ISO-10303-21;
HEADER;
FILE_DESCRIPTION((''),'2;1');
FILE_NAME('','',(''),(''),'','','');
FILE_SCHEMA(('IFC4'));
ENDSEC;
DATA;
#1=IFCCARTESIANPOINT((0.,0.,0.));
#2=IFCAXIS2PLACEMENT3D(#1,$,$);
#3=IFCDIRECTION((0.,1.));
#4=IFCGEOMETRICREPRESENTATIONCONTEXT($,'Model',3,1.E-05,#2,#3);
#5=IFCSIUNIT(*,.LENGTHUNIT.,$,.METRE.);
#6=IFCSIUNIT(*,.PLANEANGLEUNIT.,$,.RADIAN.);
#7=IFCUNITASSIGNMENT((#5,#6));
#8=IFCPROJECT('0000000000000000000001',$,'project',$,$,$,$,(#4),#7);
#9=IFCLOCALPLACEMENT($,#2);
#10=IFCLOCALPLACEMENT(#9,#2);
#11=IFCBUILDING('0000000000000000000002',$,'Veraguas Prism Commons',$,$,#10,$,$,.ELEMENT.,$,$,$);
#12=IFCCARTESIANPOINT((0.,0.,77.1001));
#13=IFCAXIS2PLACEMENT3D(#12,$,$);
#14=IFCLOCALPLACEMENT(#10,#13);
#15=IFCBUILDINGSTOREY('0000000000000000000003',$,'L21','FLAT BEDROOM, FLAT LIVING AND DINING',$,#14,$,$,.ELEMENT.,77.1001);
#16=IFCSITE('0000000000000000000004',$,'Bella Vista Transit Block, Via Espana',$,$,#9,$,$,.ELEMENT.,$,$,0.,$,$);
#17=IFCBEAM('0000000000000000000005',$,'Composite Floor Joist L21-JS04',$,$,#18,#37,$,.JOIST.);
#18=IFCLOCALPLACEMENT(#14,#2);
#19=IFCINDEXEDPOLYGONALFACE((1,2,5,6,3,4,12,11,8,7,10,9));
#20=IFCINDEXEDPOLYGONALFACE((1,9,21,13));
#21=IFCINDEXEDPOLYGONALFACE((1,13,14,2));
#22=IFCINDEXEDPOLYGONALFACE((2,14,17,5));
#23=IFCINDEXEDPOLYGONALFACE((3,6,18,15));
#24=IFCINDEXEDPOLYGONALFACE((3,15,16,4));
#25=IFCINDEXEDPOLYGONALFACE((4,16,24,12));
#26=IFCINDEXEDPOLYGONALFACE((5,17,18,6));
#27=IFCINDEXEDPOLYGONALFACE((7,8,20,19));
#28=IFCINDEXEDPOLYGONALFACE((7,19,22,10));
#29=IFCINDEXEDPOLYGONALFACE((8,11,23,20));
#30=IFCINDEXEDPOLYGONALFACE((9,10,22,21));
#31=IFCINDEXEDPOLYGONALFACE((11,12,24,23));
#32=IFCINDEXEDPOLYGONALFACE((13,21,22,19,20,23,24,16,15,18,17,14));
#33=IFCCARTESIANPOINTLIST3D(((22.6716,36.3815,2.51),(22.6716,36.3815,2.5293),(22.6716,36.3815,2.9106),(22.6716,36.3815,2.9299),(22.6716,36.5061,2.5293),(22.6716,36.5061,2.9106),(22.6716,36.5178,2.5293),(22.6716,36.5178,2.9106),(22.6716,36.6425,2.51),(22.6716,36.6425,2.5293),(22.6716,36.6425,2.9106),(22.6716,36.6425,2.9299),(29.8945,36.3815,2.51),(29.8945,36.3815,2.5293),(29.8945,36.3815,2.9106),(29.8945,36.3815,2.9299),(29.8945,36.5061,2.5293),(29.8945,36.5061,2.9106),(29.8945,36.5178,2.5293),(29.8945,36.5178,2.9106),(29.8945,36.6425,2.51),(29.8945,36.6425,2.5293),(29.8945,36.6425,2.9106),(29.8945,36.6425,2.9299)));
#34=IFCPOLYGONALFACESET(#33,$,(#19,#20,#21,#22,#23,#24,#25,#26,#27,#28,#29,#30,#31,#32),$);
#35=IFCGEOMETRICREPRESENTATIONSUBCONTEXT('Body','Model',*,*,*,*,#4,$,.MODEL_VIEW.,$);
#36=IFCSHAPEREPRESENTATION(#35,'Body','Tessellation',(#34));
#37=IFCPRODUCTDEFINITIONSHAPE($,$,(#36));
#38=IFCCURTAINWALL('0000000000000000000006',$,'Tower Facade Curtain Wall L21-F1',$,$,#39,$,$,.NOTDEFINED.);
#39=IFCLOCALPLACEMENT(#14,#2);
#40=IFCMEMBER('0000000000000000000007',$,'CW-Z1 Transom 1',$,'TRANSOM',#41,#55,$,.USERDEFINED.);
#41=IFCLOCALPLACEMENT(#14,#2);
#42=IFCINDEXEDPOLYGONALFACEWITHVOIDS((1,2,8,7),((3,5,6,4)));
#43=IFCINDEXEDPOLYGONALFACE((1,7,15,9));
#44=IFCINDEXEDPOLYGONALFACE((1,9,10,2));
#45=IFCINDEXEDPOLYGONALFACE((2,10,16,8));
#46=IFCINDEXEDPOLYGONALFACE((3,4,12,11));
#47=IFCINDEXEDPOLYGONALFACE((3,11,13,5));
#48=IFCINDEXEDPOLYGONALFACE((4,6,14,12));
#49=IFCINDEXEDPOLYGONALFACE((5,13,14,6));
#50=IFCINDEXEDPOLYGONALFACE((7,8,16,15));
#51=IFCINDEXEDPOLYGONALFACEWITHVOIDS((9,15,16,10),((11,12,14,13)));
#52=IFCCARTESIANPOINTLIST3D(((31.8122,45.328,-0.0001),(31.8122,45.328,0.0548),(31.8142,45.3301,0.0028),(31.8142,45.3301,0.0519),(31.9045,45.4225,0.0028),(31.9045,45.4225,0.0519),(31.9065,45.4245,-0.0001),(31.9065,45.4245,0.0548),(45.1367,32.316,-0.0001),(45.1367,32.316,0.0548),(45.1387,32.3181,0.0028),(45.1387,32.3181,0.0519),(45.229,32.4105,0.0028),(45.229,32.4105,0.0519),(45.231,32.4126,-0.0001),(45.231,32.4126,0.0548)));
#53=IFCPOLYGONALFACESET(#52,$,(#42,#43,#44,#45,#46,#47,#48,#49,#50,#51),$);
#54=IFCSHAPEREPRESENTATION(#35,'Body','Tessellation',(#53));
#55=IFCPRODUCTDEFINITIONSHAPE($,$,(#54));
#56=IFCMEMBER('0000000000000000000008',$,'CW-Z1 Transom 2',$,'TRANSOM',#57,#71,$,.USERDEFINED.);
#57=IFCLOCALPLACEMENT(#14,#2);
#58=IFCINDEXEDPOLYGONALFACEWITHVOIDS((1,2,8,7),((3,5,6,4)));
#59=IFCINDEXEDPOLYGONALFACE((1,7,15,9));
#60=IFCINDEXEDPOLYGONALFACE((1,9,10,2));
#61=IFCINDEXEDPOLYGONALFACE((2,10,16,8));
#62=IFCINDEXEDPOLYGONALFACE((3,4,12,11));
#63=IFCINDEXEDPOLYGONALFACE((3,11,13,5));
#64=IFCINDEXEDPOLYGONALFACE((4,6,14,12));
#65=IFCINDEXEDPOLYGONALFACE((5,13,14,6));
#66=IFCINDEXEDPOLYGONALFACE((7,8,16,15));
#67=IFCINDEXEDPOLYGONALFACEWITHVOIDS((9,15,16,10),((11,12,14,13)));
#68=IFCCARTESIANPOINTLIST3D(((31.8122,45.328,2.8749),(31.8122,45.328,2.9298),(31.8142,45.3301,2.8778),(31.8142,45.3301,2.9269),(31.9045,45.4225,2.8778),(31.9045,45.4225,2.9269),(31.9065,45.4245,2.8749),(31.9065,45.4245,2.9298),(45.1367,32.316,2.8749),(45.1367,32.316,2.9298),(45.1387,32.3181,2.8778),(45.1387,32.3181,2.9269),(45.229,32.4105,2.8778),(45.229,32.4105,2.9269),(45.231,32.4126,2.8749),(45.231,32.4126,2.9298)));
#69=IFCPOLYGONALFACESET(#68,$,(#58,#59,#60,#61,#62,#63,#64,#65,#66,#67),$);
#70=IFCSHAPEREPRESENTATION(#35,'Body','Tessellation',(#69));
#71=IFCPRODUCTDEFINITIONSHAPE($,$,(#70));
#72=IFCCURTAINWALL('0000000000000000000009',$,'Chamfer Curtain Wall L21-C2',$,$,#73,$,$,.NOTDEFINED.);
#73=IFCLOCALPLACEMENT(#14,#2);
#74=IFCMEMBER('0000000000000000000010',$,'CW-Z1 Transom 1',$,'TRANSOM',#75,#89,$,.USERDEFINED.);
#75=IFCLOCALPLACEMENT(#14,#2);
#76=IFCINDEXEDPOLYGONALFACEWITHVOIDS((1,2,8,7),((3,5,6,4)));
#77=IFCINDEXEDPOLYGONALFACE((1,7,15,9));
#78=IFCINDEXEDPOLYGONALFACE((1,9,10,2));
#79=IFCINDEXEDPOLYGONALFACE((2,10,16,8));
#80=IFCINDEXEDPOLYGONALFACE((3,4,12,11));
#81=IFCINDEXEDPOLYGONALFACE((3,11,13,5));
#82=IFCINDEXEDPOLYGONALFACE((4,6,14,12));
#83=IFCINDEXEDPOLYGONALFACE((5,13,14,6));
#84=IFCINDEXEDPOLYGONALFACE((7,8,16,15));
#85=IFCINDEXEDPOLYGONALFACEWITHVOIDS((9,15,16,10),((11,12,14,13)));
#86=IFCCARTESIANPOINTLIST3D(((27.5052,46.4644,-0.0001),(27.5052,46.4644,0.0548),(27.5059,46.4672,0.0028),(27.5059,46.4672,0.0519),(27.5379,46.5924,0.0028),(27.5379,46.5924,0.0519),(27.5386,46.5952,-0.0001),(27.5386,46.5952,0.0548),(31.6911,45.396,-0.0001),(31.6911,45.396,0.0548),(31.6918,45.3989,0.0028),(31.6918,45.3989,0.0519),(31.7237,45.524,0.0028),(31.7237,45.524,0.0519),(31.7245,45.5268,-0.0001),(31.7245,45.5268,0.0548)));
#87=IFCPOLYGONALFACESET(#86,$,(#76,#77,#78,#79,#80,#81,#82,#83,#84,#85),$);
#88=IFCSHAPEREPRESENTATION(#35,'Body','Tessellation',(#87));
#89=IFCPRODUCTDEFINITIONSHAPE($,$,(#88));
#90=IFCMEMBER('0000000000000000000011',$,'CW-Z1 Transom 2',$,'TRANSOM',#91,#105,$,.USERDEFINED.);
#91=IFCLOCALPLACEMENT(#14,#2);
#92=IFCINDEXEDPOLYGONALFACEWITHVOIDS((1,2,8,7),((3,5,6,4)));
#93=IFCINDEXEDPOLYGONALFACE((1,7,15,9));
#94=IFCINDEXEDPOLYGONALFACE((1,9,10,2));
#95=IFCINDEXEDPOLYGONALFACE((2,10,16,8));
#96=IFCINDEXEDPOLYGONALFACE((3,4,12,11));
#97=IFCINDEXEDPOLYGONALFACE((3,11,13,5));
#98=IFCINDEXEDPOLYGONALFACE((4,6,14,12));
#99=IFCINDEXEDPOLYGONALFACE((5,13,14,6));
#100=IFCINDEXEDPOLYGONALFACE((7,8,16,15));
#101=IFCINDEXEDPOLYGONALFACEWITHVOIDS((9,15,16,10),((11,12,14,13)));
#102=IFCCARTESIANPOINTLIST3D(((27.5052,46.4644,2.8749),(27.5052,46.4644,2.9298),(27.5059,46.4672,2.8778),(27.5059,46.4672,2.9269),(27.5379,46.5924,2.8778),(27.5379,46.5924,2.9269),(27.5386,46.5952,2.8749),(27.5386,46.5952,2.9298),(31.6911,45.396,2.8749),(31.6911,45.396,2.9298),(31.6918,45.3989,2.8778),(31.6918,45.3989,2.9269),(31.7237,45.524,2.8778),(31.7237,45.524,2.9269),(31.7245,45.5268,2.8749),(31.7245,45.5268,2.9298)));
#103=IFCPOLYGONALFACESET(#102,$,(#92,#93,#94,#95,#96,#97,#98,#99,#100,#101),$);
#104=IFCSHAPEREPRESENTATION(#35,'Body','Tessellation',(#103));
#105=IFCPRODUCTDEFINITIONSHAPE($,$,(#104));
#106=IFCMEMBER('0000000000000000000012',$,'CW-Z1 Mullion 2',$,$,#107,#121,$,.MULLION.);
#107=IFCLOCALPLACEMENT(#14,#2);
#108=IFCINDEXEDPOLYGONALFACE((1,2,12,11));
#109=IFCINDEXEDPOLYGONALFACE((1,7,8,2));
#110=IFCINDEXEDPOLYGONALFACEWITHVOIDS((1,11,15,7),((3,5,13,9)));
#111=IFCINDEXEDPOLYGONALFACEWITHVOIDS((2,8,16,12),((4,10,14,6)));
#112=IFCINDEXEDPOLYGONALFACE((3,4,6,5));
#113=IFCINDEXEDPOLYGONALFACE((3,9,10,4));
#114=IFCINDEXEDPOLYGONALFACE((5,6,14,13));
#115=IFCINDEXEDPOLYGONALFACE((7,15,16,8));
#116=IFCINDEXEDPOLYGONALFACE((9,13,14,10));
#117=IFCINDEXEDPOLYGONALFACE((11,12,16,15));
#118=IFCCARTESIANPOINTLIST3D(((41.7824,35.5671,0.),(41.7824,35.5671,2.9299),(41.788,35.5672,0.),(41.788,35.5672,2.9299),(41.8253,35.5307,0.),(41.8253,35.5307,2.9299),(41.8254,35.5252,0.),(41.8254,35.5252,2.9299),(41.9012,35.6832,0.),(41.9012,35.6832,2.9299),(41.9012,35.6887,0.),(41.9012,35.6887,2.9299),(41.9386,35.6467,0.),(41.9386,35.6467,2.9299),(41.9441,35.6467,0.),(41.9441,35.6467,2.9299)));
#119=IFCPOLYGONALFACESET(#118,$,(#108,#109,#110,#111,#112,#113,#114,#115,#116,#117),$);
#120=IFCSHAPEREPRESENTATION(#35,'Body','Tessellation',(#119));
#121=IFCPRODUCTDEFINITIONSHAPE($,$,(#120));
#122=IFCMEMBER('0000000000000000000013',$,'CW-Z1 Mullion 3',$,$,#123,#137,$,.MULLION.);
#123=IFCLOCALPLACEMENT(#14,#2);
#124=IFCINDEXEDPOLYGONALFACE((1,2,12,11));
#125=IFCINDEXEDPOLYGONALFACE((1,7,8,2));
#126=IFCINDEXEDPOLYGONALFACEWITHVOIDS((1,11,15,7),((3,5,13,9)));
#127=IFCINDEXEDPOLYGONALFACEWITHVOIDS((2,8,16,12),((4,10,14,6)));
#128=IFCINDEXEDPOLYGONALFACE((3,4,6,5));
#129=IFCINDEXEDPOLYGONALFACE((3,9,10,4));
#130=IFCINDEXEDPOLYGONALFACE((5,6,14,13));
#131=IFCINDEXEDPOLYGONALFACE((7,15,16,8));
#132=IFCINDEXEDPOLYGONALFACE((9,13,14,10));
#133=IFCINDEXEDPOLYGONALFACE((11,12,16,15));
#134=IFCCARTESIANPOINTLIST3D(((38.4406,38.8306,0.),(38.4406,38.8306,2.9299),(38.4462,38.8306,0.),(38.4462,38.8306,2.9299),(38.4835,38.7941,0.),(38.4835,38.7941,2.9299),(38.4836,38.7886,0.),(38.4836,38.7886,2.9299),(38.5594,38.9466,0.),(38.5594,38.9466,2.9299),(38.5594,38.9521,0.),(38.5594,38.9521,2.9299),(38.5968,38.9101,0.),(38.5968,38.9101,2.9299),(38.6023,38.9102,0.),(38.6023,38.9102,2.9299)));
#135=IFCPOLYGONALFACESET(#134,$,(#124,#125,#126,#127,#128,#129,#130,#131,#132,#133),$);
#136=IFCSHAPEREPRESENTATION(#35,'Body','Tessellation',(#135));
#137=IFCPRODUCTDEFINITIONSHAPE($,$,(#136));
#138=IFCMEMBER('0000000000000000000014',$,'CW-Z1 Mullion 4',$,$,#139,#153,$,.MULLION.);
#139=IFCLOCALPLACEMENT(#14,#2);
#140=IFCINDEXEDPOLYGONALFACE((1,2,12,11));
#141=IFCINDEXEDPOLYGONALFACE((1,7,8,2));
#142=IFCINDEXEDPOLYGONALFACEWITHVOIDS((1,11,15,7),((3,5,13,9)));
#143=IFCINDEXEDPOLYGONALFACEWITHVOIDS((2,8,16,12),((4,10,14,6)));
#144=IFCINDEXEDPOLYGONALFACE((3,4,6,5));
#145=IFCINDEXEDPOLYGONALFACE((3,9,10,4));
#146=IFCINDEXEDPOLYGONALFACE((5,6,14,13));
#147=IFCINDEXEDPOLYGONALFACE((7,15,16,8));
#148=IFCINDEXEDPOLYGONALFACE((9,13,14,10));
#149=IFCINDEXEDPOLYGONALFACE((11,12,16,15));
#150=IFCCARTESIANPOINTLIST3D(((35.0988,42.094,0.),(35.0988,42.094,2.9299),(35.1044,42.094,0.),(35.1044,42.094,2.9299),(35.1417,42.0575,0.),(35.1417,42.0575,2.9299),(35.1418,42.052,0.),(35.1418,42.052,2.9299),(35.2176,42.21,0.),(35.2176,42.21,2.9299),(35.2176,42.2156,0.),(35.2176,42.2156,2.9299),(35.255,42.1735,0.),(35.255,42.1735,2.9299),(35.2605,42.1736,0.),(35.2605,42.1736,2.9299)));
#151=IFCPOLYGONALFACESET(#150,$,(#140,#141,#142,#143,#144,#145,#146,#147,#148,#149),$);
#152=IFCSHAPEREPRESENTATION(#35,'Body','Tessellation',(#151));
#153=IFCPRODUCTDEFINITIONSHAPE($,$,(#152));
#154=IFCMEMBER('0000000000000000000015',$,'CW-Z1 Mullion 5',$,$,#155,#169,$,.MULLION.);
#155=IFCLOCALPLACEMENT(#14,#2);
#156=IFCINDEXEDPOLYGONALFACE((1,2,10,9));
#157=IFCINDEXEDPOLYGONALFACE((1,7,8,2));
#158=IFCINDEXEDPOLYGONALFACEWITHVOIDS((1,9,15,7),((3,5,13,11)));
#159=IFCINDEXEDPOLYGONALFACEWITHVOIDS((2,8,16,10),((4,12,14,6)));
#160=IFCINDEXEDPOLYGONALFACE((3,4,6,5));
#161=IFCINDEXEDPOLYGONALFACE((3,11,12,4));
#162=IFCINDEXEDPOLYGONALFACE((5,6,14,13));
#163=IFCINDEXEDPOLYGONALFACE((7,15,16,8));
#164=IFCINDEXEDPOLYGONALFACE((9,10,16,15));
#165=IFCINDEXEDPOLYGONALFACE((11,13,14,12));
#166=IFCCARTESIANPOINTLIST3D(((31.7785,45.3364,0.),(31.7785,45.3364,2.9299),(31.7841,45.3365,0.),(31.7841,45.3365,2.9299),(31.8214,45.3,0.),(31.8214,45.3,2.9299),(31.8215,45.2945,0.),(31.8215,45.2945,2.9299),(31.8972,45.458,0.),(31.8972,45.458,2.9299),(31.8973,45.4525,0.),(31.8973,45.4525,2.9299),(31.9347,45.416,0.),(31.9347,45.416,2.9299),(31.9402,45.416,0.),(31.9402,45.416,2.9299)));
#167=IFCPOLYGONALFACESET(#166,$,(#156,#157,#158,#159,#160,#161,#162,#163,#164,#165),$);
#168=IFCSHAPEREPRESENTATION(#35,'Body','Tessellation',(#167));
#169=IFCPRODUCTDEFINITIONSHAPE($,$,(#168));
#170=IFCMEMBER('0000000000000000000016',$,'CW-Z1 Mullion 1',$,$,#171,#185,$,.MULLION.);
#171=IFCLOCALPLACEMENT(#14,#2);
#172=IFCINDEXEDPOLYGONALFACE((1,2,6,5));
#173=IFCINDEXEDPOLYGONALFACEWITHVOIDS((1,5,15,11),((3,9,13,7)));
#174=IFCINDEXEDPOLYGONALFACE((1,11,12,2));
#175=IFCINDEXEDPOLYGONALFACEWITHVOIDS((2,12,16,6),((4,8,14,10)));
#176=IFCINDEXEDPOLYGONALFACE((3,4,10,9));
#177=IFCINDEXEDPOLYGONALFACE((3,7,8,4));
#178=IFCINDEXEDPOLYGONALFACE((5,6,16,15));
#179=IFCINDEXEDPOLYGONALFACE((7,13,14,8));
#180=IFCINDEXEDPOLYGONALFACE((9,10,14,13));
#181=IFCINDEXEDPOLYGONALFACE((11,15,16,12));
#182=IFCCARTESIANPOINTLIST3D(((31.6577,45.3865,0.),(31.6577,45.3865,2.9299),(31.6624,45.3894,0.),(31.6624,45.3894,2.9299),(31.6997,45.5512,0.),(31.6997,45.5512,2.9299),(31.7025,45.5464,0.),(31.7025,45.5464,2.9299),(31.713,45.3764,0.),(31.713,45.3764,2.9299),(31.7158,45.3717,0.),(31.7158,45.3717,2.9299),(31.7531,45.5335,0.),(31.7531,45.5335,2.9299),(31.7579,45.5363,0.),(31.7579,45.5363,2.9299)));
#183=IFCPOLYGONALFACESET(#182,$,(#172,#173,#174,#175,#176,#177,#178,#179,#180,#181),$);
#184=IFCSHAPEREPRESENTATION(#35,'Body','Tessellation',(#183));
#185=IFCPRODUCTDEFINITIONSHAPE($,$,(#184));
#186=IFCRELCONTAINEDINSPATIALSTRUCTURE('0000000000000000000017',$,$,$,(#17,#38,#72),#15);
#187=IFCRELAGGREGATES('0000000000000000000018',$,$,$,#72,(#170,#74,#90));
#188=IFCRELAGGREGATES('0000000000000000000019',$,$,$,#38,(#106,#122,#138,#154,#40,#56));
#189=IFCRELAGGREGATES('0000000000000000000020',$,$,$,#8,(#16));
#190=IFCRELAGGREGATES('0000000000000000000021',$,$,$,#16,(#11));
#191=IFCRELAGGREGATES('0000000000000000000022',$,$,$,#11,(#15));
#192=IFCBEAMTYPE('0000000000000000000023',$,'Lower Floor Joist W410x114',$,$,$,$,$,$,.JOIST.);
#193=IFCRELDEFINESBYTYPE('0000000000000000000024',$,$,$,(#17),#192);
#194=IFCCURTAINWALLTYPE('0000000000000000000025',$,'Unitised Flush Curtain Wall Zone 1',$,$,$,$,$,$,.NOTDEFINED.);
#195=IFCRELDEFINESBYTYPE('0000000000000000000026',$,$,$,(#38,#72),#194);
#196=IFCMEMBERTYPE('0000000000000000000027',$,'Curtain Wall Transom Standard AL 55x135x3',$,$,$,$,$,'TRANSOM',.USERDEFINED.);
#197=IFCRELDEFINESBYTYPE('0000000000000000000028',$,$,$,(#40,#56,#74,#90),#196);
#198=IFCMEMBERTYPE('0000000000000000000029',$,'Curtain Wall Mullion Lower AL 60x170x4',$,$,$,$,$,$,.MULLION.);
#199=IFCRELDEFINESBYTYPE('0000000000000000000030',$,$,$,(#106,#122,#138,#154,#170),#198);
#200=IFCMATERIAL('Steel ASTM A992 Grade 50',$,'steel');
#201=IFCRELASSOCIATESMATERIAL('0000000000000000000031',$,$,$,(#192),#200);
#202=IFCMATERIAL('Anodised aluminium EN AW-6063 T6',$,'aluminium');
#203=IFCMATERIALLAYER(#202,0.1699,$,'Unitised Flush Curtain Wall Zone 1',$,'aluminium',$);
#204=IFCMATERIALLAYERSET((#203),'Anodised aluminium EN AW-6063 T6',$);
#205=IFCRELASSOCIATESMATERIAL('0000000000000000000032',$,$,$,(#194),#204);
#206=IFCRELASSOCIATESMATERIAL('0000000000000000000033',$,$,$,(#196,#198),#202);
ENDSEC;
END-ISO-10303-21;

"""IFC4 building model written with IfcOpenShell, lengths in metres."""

from ifc_helpers import new_model, si_unit, direction, frame, origin, origin_2d, place, context, subcontext, project, spatial, hollow_rectangle, i_section, extrude, source, transform, mapped, material, layer, layer_set, material_profile, profile_set, type_object, element, aggregate, save


model = new_model("IFC4")

# Units and contexts
model_context = context("Model", 3, precision=1e-05, world=origin(), true_north=direction((0.0, 1.0)))
body_context = subcontext(model_context, "Body", "Model", "MODEL_VIEW")
ifc_project = project(units=[si_unit("LENGTHUNIT", "METRE"), si_unit("PLANEANGLEUNIT", "RADIAN")], contexts=[model_context])

# Site, building, storey
site_placement = place(None, origin())
site = spatial("IfcSite", under=ifc_project, at=site_placement, Name="Bella Vista Transit Block, Via Espana", CompositionType="ELEMENT", RefElevation=0.0)
building_placement = place(site_placement, origin())
building = spatial("IfcBuilding", under=site, at=building_placement, Name="Veraguas Prism Commons", CompositionType="ELEMENT")
storey_placement = place(building_placement, frame((0.0, 0.0, 77.1001)))
storey = spatial("IfcBuildingStorey", under=building, at=storey_placement, Name="L21", Description="FLAT BEDROOM, FLAT LIVING AND DINING", CompositionType="ELEMENT", Elevation=77.1001)

# Beam
ifc_material_1 = material(Name="Steel ASTM A992 Grade 50", Category="steel")
ifc_material_profile_1 = material_profile(ifc_material_1, i_section(OverallWidth=0.261, OverallDepth=0.4199, WebThickness=0.0117, FlangeThickness=0.0193, at=origin_2d()), Name="W410X114")
ifc_profile_set_1 = profile_set([ifc_material_profile_1], Name="Steel ASTM A992 Grade 50")
beam_type = type_object("IfcBeamType", Name="Lower Floor Joist W410x114", PredefinedType="JOIST", material=ifc_profile_set_1)
beam_placement = place(storey_placement, frame((29.8945, 36.512, 2.72), z_axis=(-1.0, 0.0, 0.0), x_axis=(0.0, -1.0, 0.0)))
element("IfcBeam", 1, at=beam_placement, inside=storey, type_object=beam_type, Name="Composite Floor Joist L21-JS04", PredefinedType="JOIST", context=body_context, shape_type="SweptSolid", body=[
    extrude(i_section(OverallWidth=0.261, OverallDepth=0.4199, WebThickness=0.0117, FlangeThickness=0.0193, at=origin_2d()), origin(), (0.0, 0.0, 1.0), 7.2229),
])

# Curtain walls, members
ifc_material_2 = material(Name="Anodised aluminium EN AW-6063 T6", Category="aluminium")
ifc_layer_1 = layer(ifc_material_2, 0.1699, Name="Unitised Flush Curtain Wall Zone 1", Category="aluminium")
ifc_layer_set_1 = layer_set([ifc_layer_1], Name="Anodised aluminium EN AW-6063 T6")
curtain_wall_type = type_object("IfcCurtainWallType", Name="Unitised Flush Curtain Wall Zone 1", PredefinedType="NOTDEFINED", material=ifc_layer_set_1)
curtain_wall_1_placement = place(storey_placement, origin())
curtain_wall_1 = element("IfcCurtainWall", 2, at=curtain_wall_1_placement, inside=storey, type_object=curtain_wall_type, Name="Tower Facade Curtain Wall L21-F1", PredefinedType="NOTDEFINED")
ifc_material_profile_2 = material_profile(ifc_material_2, hollow_rectangle(XDim=0.0549, YDim=0.135, WallThickness=0.0029, at=origin_2d()), Name="AL55X135X3")
ifc_profile_set_2 = profile_set([ifc_material_profile_2], Name="Anodised aluminium EN AW-6063 T6")
member_type_1 = type_object("IfcMemberType", Name="Curtain Wall Transom Standard AL 55x135x3", ElementType="TRANSOM", PredefinedType="USERDEFINED", material=ifc_profile_set_2)
shared_shape_1 = source(origin(), body_context, "Body", "SweptSolid", [
    extrude(hollow_rectangle(XDim=0.0549, YDim=0.135, WallThickness=0.0029, at=origin_2d()), origin(), (0.0, 0.0, 1.0), 18.624),
])
member_1_placement = place(storey_placement, frame((45.1838, 32.3643, 0.0273), z_axis=(-0.715447, 0.698667, 0.0), x_axis=(0.0, 0.0, 1.0)))
member_1 = element("IfcMember", 3, at=member_1_placement, type_object=member_type_1, Name="CW-Z1 Transom 1", ObjectType="TRANSOM", PredefinedType="USERDEFINED", context=body_context, shape_type="MappedRepresentation", body=[
    mapped(shared_shape_1, transform((0.0, 0.0, 0.0), scale=1.0)),
])
member_2_placement = place(storey_placement, frame((45.1838, 32.3643, 2.9023), z_axis=(-0.715447, 0.698667, 0.0), x_axis=(0.0, 0.0, 1.0)))
member_2 = element("IfcMember", 4, at=member_2_placement, type_object=member_type_1, Name="CW-Z1 Transom 2", ObjectType="TRANSOM", PredefinedType="USERDEFINED", context=body_context, shape_type="MappedRepresentation", body=[
    mapped(shared_shape_1, transform((0.0, 0.0, 0.0), scale=1.0)),
])
curtain_wall_2_placement = place(storey_placement, origin())
curtain_wall_2 = element("IfcCurtainWall", 5, at=curtain_wall_2_placement, inside=storey, type_object=curtain_wall_type, Name="Chamfer Curtain Wall L21-C2", PredefinedType="NOTDEFINED")
shared_shape_2 = source(origin(), body_context, "Body", "SweptSolid", [
    extrude(hollow_rectangle(XDim=0.0549, YDim=0.135, WallThickness=0.0029, at=origin_2d()), origin(), (0.0, 0.0, 1.0), 4.3201),
])
member_3_placement = place(storey_placement, frame((31.7078, 45.4614, 0.0273), z_axis=(-0.968937, 0.247306, 0.0), x_axis=(0.0, 0.0, 1.0)))
member_3 = element("IfcMember", 6, at=member_3_placement, type_object=member_type_1, Name="CW-Z1 Transom 1", ObjectType="TRANSOM", PredefinedType="USERDEFINED", context=body_context, shape_type="MappedRepresentation", body=[
    mapped(shared_shape_2, transform((0.0, 0.0, 0.0), scale=1.0)),
])
member_4_placement = place(storey_placement, frame((31.7078, 45.4614, 2.9023), z_axis=(-0.968937, 0.247306, 0.0), x_axis=(0.0, 0.0, 1.0)))
member_4 = element("IfcMember", 7, at=member_4_placement, type_object=member_type_1, Name="CW-Z1 Transom 2", ObjectType="TRANSOM", PredefinedType="USERDEFINED", context=body_context, shape_type="MappedRepresentation", body=[
    mapped(shared_shape_2, transform((0.0, 0.0, 0.0), scale=1.0)),
])

# Members
ifc_material_profile_3 = material_profile(ifc_material_2, hollow_rectangle(XDim=0.0601, YDim=0.1699, WallThickness=0.0039, at=origin_2d()), Name="AL60X170X4")
ifc_profile_set_3 = profile_set([ifc_material_profile_3], Name="Anodised aluminium EN AW-6063 T6")
member_type_2 = type_object("IfcMemberType", Name="Curtain Wall Mullion Lower AL 60x170x4", PredefinedType="MULLION", material=ifc_profile_set_3)
shared_shape_3 = source(origin(), body_context, "Body", "SweptSolid", [
    extrude(hollow_rectangle(XDim=0.0601, YDim=0.1699, WallThickness=0.0039, at=origin_2d()), origin(), (0.0, 0.0, 1.0), 2.9299),
])
member_5_placement = place(storey_placement, frame((41.8633, 35.6069, 0.0), z_axis=(0.0, 0.0, 1.0), x_axis=(-0.715449, 0.698665, 0.0)))
member_5 = element("IfcMember", 8, at=member_5_placement, type_object=member_type_2, Name="CW-Z1 Mullion 2", PredefinedType="MULLION", context=body_context, shape_type="MappedRepresentation", body=[
    mapped(shared_shape_3, transform((0.0, 0.0, 0.0), scale=1.0)),
])
member_6_placement = place(storey_placement, frame((38.5215, 38.8704, 0.0), z_axis=(0.0, 0.0, 1.0), x_axis=(-0.715449, 0.698665, 0.0)))
member_6 = element("IfcMember", 9, at=member_6_placement, type_object=member_type_2, Name="CW-Z1 Mullion 3", PredefinedType="MULLION", context=body_context, shape_type="MappedRepresentation", body=[
    mapped(shared_shape_3, transform((0.0, 0.0, 0.0), scale=1.0)),
])
member_7_placement = place(storey_placement, frame((35.1797, 42.1338, 0.0), z_axis=(0.0, 0.0, 1.0), x_axis=(-0.715449, 0.698665, 0.0)))
member_7 = element("IfcMember", 10, at=member_7_placement, type_object=member_type_2, Name="CW-Z1 Mullion 4", PredefinedType="MULLION", context=body_context, shape_type="MappedRepresentation", body=[
    mapped(shared_shape_3, transform((0.0, 0.0, 0.0), scale=1.0)),
])
member_8_placement = place(storey_placement, frame((31.8594, 45.3762, 0.0), z_axis=(0.0, 0.0, 1.0), x_axis=(-0.715449, 0.698665, 0.0)))
member_8 = element("IfcMember", 11, at=member_8_placement, type_object=member_type_2, Name="CW-Z1 Mullion 5", PredefinedType="MULLION", context=body_context, shape_type="MappedRepresentation", body=[
    mapped(shared_shape_3, transform((0.0, 0.0, 0.0), scale=1.0)),
])
member_9_placement = place(storey_placement, frame((31.7078, 45.4614, 0.0), z_axis=(0.0, 0.0, 1.0), x_axis=(-0.968927, 0.247346, 0.0)))
member_9 = element("IfcMember", 12, at=member_9_placement, type_object=member_type_2, Name="CW-Z1 Mullion 1", PredefinedType="MULLION", context=body_context, shape_type="MappedRepresentation", body=[
    mapped(shared_shape_3, transform((0.0, 0.0, 0.0), scale=1.0)),
])
aggregate(curtain_wall_2, [member_9, member_3, member_4])

aggregate(curtain_wall_1, [member_5, member_6, member_7, member_8, member_1, member_2])

save(model, "model.ifc")
